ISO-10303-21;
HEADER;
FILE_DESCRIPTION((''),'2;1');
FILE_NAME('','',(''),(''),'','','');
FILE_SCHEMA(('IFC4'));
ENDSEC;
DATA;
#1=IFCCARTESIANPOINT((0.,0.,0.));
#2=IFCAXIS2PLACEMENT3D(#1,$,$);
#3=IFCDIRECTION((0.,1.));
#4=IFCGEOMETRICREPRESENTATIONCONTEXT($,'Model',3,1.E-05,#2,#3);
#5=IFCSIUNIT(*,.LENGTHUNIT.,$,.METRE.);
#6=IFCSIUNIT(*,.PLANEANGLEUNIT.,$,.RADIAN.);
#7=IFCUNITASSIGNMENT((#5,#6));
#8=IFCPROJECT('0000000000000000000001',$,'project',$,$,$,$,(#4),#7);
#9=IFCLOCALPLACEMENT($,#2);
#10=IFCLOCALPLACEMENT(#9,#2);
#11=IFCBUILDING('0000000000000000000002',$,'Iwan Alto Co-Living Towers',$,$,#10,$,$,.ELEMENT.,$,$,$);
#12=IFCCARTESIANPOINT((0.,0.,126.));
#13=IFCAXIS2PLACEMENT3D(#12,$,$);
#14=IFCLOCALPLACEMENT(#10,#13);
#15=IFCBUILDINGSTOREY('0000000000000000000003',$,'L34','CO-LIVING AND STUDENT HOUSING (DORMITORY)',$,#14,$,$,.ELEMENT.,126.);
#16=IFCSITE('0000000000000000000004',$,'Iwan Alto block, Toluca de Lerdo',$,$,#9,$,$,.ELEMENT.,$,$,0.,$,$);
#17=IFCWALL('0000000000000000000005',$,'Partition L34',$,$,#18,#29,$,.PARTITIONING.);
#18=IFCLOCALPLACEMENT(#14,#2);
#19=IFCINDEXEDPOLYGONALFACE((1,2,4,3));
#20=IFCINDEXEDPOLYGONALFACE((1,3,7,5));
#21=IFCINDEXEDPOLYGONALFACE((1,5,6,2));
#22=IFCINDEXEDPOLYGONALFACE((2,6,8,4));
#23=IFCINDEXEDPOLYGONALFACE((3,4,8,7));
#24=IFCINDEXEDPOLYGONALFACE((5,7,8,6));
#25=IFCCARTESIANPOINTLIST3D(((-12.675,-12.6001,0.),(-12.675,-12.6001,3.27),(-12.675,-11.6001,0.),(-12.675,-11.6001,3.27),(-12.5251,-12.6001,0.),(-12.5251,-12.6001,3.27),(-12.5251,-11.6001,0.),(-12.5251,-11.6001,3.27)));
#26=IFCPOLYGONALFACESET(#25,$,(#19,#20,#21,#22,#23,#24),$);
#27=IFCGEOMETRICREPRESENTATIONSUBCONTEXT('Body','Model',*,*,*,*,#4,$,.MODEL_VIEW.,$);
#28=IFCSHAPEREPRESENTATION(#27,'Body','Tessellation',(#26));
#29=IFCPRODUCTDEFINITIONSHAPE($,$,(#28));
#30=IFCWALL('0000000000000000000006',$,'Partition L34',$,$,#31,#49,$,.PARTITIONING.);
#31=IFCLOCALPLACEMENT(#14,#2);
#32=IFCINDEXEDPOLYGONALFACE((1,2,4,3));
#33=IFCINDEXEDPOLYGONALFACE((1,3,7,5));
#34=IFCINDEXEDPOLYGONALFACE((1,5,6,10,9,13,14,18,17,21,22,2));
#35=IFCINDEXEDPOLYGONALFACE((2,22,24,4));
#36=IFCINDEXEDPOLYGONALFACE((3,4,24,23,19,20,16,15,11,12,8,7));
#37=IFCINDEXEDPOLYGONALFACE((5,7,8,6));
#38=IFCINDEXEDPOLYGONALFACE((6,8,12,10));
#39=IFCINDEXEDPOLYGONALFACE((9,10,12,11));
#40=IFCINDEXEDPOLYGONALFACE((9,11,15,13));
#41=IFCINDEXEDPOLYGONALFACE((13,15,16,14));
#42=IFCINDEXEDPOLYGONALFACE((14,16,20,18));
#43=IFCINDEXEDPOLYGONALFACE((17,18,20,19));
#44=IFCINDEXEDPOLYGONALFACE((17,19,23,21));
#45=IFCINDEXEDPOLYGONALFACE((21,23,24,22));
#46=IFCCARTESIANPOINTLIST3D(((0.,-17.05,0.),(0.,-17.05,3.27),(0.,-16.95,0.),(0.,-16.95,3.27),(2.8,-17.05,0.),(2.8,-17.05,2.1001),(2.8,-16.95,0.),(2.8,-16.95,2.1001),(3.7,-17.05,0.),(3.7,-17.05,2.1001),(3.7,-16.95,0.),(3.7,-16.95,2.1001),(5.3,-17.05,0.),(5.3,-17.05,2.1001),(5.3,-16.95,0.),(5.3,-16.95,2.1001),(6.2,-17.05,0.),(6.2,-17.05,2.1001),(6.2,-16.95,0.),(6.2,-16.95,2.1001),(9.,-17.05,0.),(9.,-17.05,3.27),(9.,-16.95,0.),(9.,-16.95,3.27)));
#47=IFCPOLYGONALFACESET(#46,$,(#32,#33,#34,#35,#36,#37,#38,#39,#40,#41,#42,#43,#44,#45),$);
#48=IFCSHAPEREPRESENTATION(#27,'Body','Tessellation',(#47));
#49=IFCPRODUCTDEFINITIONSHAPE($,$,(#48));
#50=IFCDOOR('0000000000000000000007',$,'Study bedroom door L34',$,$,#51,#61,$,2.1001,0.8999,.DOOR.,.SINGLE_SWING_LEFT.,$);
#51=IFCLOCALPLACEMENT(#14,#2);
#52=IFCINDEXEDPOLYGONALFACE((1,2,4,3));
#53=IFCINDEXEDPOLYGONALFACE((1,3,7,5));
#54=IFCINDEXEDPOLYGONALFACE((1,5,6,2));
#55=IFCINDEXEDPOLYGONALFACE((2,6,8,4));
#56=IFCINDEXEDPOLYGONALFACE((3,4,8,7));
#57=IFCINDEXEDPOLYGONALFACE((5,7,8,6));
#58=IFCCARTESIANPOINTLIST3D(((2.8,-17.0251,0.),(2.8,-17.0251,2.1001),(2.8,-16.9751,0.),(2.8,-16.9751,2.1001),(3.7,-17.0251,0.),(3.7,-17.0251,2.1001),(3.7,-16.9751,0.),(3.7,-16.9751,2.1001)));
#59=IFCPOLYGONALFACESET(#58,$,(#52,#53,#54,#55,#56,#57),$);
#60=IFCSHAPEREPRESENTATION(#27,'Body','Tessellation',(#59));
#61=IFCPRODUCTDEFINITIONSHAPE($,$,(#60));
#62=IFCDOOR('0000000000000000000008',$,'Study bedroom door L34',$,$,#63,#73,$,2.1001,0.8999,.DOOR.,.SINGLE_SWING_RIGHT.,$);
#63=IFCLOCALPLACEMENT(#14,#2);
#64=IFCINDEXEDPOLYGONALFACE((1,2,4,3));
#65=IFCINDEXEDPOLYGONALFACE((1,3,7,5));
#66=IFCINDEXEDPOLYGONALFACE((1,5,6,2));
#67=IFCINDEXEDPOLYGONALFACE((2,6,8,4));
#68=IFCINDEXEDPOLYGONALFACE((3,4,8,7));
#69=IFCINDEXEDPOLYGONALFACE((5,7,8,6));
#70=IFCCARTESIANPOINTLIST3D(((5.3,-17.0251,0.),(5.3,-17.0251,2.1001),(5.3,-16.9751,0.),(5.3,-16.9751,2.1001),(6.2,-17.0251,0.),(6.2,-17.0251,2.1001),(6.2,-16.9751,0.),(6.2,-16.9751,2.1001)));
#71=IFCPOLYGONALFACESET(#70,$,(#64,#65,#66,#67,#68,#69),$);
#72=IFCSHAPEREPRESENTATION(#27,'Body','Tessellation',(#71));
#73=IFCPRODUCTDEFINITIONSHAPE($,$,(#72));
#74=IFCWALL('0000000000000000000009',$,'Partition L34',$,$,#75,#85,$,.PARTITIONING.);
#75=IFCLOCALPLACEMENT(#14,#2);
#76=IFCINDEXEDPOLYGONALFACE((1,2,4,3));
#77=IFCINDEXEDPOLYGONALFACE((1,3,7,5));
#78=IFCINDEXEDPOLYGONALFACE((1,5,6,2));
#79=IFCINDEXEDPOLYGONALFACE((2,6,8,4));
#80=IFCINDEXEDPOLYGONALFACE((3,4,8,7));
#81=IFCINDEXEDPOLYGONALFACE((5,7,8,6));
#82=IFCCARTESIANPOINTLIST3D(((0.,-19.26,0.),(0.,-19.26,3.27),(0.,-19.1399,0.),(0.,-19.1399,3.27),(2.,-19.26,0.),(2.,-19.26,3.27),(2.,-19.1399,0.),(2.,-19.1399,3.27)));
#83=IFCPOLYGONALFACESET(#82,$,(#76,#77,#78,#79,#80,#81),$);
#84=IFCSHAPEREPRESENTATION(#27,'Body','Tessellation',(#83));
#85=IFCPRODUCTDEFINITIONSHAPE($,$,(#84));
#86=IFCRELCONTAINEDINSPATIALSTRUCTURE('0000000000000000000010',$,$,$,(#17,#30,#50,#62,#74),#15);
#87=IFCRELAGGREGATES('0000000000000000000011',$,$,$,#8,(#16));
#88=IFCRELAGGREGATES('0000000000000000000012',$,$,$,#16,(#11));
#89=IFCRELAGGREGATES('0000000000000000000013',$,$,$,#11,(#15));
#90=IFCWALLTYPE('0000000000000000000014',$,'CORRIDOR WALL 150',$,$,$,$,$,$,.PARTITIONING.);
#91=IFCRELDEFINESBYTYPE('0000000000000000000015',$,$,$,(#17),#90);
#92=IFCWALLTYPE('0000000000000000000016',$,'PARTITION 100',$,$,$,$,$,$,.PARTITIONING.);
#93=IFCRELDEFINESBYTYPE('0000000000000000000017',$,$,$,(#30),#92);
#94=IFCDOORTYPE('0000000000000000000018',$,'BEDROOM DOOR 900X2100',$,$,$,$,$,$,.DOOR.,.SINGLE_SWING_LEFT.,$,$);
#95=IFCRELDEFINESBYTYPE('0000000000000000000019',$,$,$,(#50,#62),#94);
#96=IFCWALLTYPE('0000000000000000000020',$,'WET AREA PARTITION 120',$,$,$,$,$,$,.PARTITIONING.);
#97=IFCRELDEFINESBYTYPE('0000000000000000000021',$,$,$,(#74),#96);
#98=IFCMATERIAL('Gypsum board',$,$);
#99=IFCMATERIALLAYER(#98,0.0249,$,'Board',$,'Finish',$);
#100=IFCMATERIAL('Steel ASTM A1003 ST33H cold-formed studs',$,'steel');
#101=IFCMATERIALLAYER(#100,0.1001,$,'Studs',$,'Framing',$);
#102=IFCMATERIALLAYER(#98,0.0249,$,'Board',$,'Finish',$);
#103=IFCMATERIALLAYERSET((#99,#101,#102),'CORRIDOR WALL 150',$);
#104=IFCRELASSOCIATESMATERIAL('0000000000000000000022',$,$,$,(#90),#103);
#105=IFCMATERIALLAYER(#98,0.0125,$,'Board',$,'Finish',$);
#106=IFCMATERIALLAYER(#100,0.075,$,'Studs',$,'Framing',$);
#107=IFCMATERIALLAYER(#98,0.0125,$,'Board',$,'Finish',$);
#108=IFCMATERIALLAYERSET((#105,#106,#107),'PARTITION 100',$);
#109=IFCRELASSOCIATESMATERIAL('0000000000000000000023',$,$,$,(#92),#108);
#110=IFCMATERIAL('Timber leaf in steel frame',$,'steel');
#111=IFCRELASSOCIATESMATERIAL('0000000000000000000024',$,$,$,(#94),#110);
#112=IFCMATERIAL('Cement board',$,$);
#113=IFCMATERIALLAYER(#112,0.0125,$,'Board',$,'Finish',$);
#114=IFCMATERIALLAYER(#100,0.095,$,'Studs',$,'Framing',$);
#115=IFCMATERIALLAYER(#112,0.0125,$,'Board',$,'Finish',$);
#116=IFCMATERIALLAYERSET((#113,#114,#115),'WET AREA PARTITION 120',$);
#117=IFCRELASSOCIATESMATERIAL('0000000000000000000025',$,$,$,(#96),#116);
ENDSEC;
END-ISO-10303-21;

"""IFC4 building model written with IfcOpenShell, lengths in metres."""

from ifc_helpers import new_model, si_unit, direction, frame, frame_2d, origin, place, context, subcontext, project, spatial, rectangle, extrude, material, layer, layer_set, type_object, element, fill, save


model = new_model("IFC4")

# Units and contexts
model_context = context("Model", 3, precision=1e-05, world=origin(), true_north=direction((0.0, 1.0)))
body_context = subcontext(model_context, "Body", "Model", "MODEL_VIEW")
ifc_project = project(units=[si_unit("LENGTHUNIT", "METRE"), si_unit("PLANEANGLEUNIT", "RADIAN")], contexts=[model_context])

# Site, building, storey
site_placement = place(None, origin())
site = spatial("IfcSite", under=ifc_project, at=site_placement, Name="Iwan Alto block, Toluca de Lerdo", CompositionType="ELEMENT", RefElevation=0.0)
building_placement = place(site_placement, origin())
building = spatial("IfcBuilding", under=site, at=building_placement, Name="Iwan Alto Co-Living Towers", CompositionType="ELEMENT")
storey_placement = place(building_placement, frame((0.0, 0.0, 126.0)))
storey = spatial("IfcBuildingStorey", under=building, at=storey_placement, Name="L34", Description="CO-LIVING AND STUDENT HOUSING (DORMITORY)", CompositionType="ELEMENT", Elevation=126.0)

# Shared definitions
ifc_material_1 = material(Name="Gypsum board")
ifc_layer_1 = layer(ifc_material_1, 0.0249, Name="Board", Category="Finish")
ifc_material_2 = material(Name="Steel ASTM A1003 ST33H cold-formed studs", Category="steel")
ifc_layer_2 = layer(ifc_material_2, 0.1001, Name="Studs", Category="Framing")
ifc_layer_3 = layer(ifc_material_1, 0.0249, Name="Board", Category="Finish")
ifc_layer_set_1 = layer_set([ifc_layer_1, ifc_layer_2, ifc_layer_3], Name="CORRIDOR WALL 150")
wall_type_1 = type_object("IfcWallType", Name="CORRIDOR WALL 150", PredefinedType="PARTITIONING", material=ifc_layer_set_1)

# Wall
wall_1_placement = place(storey_placement, frame((-12.6001, -12.6001, 0.0), z_axis=(0.0, 0.0, 1.0), x_axis=(0.0, 1.0, 0.0)))
element("IfcWall", 1, at=wall_1_placement, inside=storey, type_object=wall_type_1, Name="Partition L34", PredefinedType="PARTITIONING", context=body_context, shape_type="SweptSolid", body=[
    extrude(rectangle(XDim=1.0, YDim=0.1499, at=frame_2d((0.5, 0.0))), origin(), (0.0, 0.0, 1.0), 3.27),
])

# Wall, openings, doors
ifc_layer_4 = layer(ifc_material_1, 0.0125, Name="Board", Category="Finish")
ifc_layer_5 = layer(ifc_material_2, 0.075, Name="Studs", Category="Framing")
ifc_layer_6 = layer(ifc_material_1, 0.0125, Name="Board", Category="Finish")
ifc_layer_set_2 = layer_set([ifc_layer_4, ifc_layer_5, ifc_layer_6], Name="PARTITION 100")
wall_type_2 = type_object("IfcWallType", Name="PARTITION 100", PredefinedType="PARTITIONING", material=ifc_layer_set_2)
wall_2_placement = place(storey_placement, frame((0.0, -17.0, 0.0), z_axis=(0.0, 0.0, 1.0), x_axis=(1.0, 0.0, 0.0)))
wall_2 = element("IfcWall", 2, at=wall_2_placement, inside=storey, type_object=wall_type_2, Name="Partition L34", PredefinedType="PARTITIONING", context=body_context, shape_type="SweptSolid", body=[
    extrude(rectangle(XDim=9.0, YDim=0.1001, at=frame_2d((4.5, 0.0))), origin(), (0.0, 0.0, 1.0), 3.27),
])
opening_1_placement = place(wall_2_placement, frame((2.8, 0.0, 0.0)))
opening_1 = element("IfcOpeningElement", 3, at=opening_1_placement, cuts=wall_2, PredefinedType="OPENING", context=body_context, shape_type="SweptSolid", body=[
    extrude(rectangle(XDim=0.8999, YDim=2.1001, at=frame_2d((0.45, 1.05))), frame((0.0, 0.0601, 0.0), z_axis=(0.0, -1.0, 0.0), x_axis=(1.0, 0.0, 0.0)), (0.0, 0.0, 1.0), 0.1201),
])
opening_2_placement = place(wall_2_placement, frame((5.3, 0.0, 0.0)))
opening_2 = element("IfcOpeningElement", 4, at=opening_2_placement, cuts=wall_2, PredefinedType="OPENING", context=body_context, shape_type="SweptSolid", body=[
    extrude(rectangle(XDim=0.8999, YDim=2.1001, at=frame_2d((0.45, 1.05))), frame((0.0, 0.0601, 0.0), z_axis=(0.0, -1.0, 0.0), x_axis=(1.0, 0.0, 0.0)), (0.0, 0.0, 1.0), 0.1201),
])
ifc_material_3 = material(Name="Timber leaf in steel frame", Category="steel")
door_type_1 = type_object("IfcDoorType", Name="BEDROOM DOOR 900X2100", OperationType="SINGLE_SWING_LEFT", PredefinedType="DOOR", material=ifc_material_3)
door_1_placement = place(opening_1_placement, origin())
door_1 = element("IfcDoor", 5, at=door_1_placement, inside=storey, type_object=door_type_1, Name="Study bedroom door L34", OperationType="SINGLE_SWING_LEFT", OverallHeight=2.1001, OverallWidth=0.8999, PredefinedType="DOOR", context=body_context, shape_type="SweptSolid", body=[
    extrude(rectangle(XDim=0.8999, YDim=2.1001, at=frame_2d((0.45, 1.05))), frame((0.0, 0.0249, 0.0), z_axis=(0.0, -1.0, 0.0), x_axis=(1.0, 0.0, 0.0)), (0.0, 0.0, 1.0), 0.05),
])
fill(opening_1, door_1)
door_2_placement = place(opening_2_placement, origin())
door_2 = element("IfcDoor", 6, at=door_2_placement, inside=storey, type_object=door_type_1, Name="Study bedroom door L34", OperationType="SINGLE_SWING_RIGHT", OverallHeight=2.1001, OverallWidth=0.8999, PredefinedType="DOOR", context=body_context, shape_type="SweptSolid", body=[
    extrude(rectangle(XDim=0.8999, YDim=2.1001, at=frame_2d((0.45, 1.05))), frame((0.0, 0.0249, 0.0), z_axis=(0.0, -1.0, 0.0), x_axis=(1.0, 0.0, 0.0)), (0.0, 0.0, 1.0), 0.05),
])
fill(opening_2, door_2)

# Wall
ifc_material_4 = material(Name="Cement board")
ifc_layer_7 = layer(ifc_material_4, 0.0125, Name="Board", Category="Finish")
ifc_layer_8 = layer(ifc_material_2, 0.095, Name="Studs", Category="Framing")
ifc_layer_9 = layer(ifc_material_4, 0.0125, Name="Board", Category="Finish")
ifc_layer_set_3 = layer_set([ifc_layer_7, ifc_layer_8, ifc_layer_9], Name="WET AREA PARTITION 120")
wall_type_3 = type_object("IfcWallType", Name="WET AREA PARTITION 120", PredefinedType="PARTITIONING", material=ifc_layer_set_3)
wall_3_placement = place(storey_placement, frame((0.0, -19.2, 0.0), z_axis=(0.0, 0.0, 1.0), x_axis=(1.0, 0.0, 0.0)))
element("IfcWall", 7, at=wall_3_placement, inside=storey, type_object=wall_type_3, Name="Partition L34", PredefinedType="PARTITIONING", context=body_context, shape_type="SweptSolid", body=[
    extrude(rectangle(XDim=2.0, YDim=0.1201, at=frame_2d((1.0, 0.0))), origin(), (0.0, 0.0, 1.0), 3.27),
])

save(model, "model.ifc")
